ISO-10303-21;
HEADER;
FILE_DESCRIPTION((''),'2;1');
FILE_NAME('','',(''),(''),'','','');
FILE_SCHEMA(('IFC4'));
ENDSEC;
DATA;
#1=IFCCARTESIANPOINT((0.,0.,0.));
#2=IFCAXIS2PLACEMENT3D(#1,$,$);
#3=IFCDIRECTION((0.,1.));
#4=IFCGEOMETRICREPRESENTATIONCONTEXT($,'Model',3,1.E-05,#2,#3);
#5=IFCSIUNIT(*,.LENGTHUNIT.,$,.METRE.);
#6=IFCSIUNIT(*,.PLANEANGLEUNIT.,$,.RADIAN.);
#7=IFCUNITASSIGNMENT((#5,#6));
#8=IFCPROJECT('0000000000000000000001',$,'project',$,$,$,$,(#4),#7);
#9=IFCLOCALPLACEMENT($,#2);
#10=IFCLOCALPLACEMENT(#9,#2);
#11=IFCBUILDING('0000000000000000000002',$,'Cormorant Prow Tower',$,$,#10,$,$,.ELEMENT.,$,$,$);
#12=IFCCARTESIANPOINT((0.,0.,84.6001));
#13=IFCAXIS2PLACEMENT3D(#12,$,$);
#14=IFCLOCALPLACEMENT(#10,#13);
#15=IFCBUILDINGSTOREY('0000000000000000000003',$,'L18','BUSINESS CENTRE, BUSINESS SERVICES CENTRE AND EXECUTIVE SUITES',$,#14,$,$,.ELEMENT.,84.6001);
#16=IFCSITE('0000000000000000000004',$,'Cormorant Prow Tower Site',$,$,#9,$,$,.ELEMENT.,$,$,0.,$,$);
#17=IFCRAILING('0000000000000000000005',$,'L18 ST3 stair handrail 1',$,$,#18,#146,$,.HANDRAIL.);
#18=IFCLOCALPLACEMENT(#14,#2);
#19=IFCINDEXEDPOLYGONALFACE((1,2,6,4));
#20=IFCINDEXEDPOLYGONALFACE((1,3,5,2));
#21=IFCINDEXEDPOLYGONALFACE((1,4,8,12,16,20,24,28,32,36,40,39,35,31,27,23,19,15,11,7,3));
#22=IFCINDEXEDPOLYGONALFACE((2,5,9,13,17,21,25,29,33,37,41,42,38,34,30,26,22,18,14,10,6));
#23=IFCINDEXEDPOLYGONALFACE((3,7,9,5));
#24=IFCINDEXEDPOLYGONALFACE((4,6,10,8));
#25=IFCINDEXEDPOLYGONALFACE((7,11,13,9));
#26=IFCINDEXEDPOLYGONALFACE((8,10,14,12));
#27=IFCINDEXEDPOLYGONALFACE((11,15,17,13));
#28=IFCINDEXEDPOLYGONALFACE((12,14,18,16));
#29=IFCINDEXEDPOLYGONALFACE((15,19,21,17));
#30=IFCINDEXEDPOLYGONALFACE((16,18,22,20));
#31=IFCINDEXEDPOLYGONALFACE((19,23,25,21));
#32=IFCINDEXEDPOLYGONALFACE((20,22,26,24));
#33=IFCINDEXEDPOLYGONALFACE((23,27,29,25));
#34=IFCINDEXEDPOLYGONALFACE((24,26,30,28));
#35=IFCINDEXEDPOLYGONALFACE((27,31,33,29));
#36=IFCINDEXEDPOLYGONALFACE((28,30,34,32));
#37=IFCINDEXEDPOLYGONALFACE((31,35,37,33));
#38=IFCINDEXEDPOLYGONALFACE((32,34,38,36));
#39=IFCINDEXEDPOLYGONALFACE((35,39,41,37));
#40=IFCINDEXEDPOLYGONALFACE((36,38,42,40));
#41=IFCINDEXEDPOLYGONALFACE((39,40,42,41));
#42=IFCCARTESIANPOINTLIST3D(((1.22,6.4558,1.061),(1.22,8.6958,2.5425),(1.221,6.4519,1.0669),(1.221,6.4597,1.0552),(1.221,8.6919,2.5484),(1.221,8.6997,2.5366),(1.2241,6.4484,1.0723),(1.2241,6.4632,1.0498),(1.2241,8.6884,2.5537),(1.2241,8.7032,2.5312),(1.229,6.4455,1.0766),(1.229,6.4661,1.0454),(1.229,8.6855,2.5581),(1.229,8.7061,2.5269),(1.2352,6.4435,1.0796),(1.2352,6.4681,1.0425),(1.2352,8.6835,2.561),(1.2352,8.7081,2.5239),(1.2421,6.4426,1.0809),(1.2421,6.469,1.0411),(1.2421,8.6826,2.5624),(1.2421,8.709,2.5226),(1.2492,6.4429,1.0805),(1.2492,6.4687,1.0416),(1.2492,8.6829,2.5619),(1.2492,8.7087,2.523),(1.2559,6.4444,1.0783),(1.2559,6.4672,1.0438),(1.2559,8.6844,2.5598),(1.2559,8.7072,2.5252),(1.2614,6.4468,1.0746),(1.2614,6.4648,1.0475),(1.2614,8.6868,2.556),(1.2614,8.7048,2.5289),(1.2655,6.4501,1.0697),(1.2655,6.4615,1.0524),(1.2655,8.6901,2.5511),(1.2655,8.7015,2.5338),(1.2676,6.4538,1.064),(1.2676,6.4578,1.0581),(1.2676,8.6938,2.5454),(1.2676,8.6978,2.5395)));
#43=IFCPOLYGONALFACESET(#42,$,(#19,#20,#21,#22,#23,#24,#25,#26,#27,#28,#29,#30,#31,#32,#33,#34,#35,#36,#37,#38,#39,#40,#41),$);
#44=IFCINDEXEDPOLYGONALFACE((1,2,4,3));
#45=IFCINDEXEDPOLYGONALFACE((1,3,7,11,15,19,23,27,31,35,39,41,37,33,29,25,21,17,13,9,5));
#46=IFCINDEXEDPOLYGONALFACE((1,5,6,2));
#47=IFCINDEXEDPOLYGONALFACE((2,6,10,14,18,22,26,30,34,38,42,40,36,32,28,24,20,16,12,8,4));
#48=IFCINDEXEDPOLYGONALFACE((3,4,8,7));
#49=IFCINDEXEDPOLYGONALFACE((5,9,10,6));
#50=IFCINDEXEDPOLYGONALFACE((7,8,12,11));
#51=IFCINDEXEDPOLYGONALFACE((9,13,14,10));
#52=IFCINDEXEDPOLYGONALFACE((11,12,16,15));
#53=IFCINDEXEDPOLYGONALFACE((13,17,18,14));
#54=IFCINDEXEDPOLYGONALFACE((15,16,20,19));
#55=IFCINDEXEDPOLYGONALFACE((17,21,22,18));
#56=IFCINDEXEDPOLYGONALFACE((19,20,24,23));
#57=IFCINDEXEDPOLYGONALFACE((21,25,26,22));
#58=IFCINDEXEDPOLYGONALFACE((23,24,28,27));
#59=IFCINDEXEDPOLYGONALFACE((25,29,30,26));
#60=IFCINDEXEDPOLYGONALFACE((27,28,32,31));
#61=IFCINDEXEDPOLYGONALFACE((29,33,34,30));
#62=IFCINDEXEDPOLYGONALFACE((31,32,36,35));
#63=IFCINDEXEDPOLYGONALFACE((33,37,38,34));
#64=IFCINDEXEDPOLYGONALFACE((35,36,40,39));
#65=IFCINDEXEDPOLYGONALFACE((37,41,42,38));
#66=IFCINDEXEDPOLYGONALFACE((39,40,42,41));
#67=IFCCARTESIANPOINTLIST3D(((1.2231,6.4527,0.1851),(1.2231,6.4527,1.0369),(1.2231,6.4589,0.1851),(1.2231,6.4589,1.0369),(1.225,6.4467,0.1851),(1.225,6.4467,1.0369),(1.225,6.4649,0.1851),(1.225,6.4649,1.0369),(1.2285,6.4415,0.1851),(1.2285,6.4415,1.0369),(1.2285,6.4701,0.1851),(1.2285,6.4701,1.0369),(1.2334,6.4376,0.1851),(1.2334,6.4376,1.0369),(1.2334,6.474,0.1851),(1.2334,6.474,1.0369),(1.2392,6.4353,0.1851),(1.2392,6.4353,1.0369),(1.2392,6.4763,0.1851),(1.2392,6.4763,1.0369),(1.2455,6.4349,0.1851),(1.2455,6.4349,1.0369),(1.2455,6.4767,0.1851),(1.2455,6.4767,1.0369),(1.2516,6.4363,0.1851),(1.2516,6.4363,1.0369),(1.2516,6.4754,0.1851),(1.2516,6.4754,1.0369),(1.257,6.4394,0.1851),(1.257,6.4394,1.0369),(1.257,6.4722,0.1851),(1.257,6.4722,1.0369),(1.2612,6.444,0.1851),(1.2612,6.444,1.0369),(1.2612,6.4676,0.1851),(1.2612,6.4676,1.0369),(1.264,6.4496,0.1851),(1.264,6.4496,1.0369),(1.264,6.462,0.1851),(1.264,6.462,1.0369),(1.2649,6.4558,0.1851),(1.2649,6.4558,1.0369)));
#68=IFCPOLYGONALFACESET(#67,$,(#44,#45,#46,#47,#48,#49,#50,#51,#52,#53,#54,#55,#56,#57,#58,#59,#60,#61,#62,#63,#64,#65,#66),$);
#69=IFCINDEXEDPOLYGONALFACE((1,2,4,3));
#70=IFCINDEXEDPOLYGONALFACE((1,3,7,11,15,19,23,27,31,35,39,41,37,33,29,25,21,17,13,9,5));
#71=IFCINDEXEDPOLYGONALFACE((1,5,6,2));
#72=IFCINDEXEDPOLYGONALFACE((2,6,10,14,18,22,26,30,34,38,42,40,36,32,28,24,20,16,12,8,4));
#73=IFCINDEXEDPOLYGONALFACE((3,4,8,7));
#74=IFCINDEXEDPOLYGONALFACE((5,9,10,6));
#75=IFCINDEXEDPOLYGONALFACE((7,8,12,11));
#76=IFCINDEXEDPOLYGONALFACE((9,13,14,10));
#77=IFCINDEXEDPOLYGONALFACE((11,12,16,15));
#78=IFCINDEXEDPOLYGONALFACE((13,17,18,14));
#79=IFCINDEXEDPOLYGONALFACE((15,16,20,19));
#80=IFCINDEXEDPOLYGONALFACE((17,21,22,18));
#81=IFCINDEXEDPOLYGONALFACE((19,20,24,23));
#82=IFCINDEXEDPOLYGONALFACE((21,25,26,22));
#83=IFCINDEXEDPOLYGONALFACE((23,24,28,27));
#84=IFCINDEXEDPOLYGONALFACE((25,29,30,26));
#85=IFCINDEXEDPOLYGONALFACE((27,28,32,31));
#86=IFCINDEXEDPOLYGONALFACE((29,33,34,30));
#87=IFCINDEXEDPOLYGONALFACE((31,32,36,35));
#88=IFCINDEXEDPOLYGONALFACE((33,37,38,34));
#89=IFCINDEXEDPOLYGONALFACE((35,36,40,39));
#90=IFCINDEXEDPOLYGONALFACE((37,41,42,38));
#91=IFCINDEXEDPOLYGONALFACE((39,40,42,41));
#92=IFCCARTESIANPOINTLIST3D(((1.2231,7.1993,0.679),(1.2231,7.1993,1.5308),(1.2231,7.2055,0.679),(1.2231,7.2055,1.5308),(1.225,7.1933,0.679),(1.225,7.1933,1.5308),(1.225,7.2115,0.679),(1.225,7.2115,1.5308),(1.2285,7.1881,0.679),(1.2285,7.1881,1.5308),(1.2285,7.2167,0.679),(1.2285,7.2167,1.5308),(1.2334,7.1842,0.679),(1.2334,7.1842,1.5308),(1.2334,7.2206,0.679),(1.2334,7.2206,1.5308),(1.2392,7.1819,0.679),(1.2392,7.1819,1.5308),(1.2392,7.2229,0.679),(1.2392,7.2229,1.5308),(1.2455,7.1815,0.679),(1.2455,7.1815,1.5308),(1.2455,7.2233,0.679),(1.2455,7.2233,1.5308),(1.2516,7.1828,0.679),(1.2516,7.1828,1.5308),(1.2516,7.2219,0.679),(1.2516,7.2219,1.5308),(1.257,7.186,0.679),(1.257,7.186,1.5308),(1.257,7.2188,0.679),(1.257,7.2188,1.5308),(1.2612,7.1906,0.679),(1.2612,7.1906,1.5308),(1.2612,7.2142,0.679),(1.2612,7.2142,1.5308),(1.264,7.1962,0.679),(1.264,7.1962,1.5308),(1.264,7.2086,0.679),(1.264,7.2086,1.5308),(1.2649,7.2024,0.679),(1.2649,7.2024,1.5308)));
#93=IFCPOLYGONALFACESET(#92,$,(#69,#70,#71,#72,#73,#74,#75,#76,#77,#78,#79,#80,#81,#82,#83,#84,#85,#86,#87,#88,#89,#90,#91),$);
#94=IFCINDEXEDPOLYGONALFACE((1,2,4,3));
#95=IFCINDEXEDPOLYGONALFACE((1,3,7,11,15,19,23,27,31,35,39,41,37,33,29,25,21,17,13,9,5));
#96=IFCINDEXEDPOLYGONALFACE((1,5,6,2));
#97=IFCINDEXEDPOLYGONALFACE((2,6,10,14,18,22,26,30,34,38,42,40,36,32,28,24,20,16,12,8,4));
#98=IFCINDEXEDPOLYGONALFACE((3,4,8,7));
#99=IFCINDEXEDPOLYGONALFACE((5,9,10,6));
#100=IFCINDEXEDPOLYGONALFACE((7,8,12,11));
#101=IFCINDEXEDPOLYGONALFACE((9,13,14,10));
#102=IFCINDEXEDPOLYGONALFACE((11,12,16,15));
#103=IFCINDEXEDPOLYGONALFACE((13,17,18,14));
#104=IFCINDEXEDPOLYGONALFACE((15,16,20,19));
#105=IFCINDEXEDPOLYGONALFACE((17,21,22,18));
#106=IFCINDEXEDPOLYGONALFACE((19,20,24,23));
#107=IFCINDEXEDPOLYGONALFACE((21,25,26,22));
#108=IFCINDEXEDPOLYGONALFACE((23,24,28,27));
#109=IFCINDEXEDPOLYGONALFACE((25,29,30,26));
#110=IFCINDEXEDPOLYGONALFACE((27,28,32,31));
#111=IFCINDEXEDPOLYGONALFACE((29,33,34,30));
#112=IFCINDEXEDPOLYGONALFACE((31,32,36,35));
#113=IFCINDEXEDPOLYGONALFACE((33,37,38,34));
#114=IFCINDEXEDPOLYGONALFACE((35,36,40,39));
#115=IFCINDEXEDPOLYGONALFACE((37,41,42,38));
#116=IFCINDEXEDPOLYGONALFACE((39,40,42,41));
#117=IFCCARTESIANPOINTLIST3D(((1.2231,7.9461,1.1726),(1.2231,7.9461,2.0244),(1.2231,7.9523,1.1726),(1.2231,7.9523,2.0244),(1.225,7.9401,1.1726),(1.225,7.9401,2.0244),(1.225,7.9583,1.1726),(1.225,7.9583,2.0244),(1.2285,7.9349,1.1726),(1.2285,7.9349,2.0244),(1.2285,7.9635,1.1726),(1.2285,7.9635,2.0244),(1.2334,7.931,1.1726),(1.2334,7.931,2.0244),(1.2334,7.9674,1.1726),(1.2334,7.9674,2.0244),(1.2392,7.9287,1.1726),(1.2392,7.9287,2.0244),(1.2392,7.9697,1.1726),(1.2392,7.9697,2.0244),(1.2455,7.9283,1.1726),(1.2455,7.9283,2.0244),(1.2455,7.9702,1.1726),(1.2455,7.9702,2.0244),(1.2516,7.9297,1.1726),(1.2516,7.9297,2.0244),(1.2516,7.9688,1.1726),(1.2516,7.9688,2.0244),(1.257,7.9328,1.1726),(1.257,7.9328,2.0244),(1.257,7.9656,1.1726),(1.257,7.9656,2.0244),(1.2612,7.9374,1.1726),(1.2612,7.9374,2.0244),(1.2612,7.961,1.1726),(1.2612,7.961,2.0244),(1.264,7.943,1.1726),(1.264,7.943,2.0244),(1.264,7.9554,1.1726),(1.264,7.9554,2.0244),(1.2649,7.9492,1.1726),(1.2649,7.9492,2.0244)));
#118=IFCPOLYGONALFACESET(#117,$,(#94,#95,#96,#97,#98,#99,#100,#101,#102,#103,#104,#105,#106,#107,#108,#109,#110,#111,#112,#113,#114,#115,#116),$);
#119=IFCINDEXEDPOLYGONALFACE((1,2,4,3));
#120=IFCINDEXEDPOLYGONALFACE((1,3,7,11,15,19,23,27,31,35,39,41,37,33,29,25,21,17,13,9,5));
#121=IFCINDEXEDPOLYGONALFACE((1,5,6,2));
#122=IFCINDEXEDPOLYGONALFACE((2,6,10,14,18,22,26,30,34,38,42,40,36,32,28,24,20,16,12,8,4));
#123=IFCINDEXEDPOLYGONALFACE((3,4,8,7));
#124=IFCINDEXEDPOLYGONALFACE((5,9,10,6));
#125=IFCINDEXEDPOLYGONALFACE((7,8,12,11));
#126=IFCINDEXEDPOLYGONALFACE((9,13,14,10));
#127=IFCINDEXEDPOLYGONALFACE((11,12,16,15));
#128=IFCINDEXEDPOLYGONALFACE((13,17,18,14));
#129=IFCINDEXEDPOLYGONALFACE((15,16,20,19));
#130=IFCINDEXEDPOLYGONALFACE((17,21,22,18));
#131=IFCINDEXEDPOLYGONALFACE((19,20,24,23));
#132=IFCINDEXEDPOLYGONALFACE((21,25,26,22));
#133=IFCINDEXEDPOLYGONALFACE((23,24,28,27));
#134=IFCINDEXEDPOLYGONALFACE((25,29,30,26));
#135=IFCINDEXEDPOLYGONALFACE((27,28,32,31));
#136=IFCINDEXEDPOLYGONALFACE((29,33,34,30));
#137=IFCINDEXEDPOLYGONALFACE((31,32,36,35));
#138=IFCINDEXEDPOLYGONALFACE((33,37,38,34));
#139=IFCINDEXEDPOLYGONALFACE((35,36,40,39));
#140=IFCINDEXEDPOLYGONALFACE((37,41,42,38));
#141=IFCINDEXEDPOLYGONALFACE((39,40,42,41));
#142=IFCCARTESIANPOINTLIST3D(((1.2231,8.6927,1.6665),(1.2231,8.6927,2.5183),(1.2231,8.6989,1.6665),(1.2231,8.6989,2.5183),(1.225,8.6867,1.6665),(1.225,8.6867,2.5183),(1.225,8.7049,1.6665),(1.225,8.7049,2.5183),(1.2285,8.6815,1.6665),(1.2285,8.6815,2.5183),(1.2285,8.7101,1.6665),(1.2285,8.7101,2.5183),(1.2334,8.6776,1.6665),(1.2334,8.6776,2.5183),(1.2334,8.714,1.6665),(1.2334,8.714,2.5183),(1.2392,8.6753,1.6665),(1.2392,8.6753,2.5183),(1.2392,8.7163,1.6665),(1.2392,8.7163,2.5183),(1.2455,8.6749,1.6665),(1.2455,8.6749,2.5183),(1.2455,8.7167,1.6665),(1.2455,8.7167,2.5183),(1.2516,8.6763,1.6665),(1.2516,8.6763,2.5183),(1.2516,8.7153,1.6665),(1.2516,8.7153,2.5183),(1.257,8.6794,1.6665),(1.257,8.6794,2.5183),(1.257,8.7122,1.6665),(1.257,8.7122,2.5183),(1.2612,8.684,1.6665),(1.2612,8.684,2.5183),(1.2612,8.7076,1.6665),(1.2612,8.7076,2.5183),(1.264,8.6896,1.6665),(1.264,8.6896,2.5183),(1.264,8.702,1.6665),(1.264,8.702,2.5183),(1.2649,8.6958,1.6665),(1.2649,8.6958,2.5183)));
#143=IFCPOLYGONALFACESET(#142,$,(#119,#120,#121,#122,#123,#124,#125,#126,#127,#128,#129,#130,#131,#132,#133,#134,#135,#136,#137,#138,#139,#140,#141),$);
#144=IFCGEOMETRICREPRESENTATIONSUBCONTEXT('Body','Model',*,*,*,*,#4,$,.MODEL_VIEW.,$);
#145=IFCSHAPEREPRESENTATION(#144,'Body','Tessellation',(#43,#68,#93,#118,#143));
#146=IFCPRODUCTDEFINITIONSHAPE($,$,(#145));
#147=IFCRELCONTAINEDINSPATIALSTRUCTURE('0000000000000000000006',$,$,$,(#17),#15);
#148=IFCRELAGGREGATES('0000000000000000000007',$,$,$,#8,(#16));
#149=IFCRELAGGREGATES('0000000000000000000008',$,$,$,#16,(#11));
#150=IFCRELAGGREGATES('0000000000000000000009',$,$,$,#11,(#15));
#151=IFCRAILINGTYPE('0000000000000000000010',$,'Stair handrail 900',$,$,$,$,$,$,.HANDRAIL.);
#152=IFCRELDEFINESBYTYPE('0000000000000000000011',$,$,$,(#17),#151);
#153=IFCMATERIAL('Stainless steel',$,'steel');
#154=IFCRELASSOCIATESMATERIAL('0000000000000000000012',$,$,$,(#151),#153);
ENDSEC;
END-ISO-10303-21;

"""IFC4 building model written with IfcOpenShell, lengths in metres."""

from ifc_helpers import new_model, si_unit, direction, frame, origin, origin_2d, place, context, subcontext, project, spatial, circle, extrude, material, type_object, element, save


model = new_model("IFC4")

# Units and contexts
model_context = context("Model", 3, precision=1e-05, world=origin(), true_north=direction((0.0, 1.0)))
body_context = subcontext(model_context, "Body", "Model", "MODEL_VIEW")
ifc_project = project(units=[si_unit("LENGTHUNIT", "METRE"), si_unit("PLANEANGLEUNIT", "RADIAN")], contexts=[model_context])

# Site, building, storey
site_placement = place(None, origin())
site = spatial("IfcSite", under=ifc_project, at=site_placement, Name="Cormorant Prow Tower Site", CompositionType="ELEMENT", RefElevation=0.0)
building_placement = place(site_placement, origin())
building = spatial("IfcBuilding", under=site, at=building_placement, Name="Cormorant Prow Tower", CompositionType="ELEMENT")
storey_placement = place(building_placement, frame((0.0, 0.0, 84.6001)))
storey = spatial("IfcBuildingStorey", under=building, at=storey_placement, Name="L18", Description="BUSINESS CENTRE, BUSINESS SERVICES CENTRE AND EXECUTIVE SUITES", CompositionType="ELEMENT", Elevation=84.6001)

# Railing
ifc_material_1 = material(Name="Stainless steel", Category="steel")
railing_type = type_object("IfcRailingType", Name="Stair handrail 900", PredefinedType="HANDRAIL", material=ifc_material_1)
railing_1_placement = place(storey_placement, frame((1.2439, 6.4558, 0.1851)))
element("IfcRailing", 1, at=railing_1_placement, inside=storey, type_object=railing_type, Name="L18 ST3 stair handrail 1", PredefinedType="HANDRAIL", context=body_context, shape_type="SweptSolid", body=[
    extrude(circle(Radius=0.0239, at=origin_2d()), frame((0.0, 0.0, 0.876), z_axis=(0.0, 0.834087, 0.551634), x_axis=(-1.0, 0.0, 0.0)), (0.0, 0.0, 1.0), 2.6855),
    extrude(circle(Radius=0.021, at=origin_2d()), origin(), (0.0, 0.0, 1.0), 0.8518),
    extrude(circle(Radius=0.021, at=origin_2d()), frame((0.0, 0.7466, 0.4939)), (0.0, 0.0, 1.0), 0.8518),
    extrude(circle(Radius=0.021, at=origin_2d()), frame((0.0, 1.4934, 0.9875)), (0.0, 0.0, 1.0), 0.8518),
    extrude(circle(Radius=0.021, at=origin_2d()), frame((0.0, 2.24, 1.4814)), (0.0, 0.0, 1.0), 0.8518),
])

save(model, "model.ifc")
